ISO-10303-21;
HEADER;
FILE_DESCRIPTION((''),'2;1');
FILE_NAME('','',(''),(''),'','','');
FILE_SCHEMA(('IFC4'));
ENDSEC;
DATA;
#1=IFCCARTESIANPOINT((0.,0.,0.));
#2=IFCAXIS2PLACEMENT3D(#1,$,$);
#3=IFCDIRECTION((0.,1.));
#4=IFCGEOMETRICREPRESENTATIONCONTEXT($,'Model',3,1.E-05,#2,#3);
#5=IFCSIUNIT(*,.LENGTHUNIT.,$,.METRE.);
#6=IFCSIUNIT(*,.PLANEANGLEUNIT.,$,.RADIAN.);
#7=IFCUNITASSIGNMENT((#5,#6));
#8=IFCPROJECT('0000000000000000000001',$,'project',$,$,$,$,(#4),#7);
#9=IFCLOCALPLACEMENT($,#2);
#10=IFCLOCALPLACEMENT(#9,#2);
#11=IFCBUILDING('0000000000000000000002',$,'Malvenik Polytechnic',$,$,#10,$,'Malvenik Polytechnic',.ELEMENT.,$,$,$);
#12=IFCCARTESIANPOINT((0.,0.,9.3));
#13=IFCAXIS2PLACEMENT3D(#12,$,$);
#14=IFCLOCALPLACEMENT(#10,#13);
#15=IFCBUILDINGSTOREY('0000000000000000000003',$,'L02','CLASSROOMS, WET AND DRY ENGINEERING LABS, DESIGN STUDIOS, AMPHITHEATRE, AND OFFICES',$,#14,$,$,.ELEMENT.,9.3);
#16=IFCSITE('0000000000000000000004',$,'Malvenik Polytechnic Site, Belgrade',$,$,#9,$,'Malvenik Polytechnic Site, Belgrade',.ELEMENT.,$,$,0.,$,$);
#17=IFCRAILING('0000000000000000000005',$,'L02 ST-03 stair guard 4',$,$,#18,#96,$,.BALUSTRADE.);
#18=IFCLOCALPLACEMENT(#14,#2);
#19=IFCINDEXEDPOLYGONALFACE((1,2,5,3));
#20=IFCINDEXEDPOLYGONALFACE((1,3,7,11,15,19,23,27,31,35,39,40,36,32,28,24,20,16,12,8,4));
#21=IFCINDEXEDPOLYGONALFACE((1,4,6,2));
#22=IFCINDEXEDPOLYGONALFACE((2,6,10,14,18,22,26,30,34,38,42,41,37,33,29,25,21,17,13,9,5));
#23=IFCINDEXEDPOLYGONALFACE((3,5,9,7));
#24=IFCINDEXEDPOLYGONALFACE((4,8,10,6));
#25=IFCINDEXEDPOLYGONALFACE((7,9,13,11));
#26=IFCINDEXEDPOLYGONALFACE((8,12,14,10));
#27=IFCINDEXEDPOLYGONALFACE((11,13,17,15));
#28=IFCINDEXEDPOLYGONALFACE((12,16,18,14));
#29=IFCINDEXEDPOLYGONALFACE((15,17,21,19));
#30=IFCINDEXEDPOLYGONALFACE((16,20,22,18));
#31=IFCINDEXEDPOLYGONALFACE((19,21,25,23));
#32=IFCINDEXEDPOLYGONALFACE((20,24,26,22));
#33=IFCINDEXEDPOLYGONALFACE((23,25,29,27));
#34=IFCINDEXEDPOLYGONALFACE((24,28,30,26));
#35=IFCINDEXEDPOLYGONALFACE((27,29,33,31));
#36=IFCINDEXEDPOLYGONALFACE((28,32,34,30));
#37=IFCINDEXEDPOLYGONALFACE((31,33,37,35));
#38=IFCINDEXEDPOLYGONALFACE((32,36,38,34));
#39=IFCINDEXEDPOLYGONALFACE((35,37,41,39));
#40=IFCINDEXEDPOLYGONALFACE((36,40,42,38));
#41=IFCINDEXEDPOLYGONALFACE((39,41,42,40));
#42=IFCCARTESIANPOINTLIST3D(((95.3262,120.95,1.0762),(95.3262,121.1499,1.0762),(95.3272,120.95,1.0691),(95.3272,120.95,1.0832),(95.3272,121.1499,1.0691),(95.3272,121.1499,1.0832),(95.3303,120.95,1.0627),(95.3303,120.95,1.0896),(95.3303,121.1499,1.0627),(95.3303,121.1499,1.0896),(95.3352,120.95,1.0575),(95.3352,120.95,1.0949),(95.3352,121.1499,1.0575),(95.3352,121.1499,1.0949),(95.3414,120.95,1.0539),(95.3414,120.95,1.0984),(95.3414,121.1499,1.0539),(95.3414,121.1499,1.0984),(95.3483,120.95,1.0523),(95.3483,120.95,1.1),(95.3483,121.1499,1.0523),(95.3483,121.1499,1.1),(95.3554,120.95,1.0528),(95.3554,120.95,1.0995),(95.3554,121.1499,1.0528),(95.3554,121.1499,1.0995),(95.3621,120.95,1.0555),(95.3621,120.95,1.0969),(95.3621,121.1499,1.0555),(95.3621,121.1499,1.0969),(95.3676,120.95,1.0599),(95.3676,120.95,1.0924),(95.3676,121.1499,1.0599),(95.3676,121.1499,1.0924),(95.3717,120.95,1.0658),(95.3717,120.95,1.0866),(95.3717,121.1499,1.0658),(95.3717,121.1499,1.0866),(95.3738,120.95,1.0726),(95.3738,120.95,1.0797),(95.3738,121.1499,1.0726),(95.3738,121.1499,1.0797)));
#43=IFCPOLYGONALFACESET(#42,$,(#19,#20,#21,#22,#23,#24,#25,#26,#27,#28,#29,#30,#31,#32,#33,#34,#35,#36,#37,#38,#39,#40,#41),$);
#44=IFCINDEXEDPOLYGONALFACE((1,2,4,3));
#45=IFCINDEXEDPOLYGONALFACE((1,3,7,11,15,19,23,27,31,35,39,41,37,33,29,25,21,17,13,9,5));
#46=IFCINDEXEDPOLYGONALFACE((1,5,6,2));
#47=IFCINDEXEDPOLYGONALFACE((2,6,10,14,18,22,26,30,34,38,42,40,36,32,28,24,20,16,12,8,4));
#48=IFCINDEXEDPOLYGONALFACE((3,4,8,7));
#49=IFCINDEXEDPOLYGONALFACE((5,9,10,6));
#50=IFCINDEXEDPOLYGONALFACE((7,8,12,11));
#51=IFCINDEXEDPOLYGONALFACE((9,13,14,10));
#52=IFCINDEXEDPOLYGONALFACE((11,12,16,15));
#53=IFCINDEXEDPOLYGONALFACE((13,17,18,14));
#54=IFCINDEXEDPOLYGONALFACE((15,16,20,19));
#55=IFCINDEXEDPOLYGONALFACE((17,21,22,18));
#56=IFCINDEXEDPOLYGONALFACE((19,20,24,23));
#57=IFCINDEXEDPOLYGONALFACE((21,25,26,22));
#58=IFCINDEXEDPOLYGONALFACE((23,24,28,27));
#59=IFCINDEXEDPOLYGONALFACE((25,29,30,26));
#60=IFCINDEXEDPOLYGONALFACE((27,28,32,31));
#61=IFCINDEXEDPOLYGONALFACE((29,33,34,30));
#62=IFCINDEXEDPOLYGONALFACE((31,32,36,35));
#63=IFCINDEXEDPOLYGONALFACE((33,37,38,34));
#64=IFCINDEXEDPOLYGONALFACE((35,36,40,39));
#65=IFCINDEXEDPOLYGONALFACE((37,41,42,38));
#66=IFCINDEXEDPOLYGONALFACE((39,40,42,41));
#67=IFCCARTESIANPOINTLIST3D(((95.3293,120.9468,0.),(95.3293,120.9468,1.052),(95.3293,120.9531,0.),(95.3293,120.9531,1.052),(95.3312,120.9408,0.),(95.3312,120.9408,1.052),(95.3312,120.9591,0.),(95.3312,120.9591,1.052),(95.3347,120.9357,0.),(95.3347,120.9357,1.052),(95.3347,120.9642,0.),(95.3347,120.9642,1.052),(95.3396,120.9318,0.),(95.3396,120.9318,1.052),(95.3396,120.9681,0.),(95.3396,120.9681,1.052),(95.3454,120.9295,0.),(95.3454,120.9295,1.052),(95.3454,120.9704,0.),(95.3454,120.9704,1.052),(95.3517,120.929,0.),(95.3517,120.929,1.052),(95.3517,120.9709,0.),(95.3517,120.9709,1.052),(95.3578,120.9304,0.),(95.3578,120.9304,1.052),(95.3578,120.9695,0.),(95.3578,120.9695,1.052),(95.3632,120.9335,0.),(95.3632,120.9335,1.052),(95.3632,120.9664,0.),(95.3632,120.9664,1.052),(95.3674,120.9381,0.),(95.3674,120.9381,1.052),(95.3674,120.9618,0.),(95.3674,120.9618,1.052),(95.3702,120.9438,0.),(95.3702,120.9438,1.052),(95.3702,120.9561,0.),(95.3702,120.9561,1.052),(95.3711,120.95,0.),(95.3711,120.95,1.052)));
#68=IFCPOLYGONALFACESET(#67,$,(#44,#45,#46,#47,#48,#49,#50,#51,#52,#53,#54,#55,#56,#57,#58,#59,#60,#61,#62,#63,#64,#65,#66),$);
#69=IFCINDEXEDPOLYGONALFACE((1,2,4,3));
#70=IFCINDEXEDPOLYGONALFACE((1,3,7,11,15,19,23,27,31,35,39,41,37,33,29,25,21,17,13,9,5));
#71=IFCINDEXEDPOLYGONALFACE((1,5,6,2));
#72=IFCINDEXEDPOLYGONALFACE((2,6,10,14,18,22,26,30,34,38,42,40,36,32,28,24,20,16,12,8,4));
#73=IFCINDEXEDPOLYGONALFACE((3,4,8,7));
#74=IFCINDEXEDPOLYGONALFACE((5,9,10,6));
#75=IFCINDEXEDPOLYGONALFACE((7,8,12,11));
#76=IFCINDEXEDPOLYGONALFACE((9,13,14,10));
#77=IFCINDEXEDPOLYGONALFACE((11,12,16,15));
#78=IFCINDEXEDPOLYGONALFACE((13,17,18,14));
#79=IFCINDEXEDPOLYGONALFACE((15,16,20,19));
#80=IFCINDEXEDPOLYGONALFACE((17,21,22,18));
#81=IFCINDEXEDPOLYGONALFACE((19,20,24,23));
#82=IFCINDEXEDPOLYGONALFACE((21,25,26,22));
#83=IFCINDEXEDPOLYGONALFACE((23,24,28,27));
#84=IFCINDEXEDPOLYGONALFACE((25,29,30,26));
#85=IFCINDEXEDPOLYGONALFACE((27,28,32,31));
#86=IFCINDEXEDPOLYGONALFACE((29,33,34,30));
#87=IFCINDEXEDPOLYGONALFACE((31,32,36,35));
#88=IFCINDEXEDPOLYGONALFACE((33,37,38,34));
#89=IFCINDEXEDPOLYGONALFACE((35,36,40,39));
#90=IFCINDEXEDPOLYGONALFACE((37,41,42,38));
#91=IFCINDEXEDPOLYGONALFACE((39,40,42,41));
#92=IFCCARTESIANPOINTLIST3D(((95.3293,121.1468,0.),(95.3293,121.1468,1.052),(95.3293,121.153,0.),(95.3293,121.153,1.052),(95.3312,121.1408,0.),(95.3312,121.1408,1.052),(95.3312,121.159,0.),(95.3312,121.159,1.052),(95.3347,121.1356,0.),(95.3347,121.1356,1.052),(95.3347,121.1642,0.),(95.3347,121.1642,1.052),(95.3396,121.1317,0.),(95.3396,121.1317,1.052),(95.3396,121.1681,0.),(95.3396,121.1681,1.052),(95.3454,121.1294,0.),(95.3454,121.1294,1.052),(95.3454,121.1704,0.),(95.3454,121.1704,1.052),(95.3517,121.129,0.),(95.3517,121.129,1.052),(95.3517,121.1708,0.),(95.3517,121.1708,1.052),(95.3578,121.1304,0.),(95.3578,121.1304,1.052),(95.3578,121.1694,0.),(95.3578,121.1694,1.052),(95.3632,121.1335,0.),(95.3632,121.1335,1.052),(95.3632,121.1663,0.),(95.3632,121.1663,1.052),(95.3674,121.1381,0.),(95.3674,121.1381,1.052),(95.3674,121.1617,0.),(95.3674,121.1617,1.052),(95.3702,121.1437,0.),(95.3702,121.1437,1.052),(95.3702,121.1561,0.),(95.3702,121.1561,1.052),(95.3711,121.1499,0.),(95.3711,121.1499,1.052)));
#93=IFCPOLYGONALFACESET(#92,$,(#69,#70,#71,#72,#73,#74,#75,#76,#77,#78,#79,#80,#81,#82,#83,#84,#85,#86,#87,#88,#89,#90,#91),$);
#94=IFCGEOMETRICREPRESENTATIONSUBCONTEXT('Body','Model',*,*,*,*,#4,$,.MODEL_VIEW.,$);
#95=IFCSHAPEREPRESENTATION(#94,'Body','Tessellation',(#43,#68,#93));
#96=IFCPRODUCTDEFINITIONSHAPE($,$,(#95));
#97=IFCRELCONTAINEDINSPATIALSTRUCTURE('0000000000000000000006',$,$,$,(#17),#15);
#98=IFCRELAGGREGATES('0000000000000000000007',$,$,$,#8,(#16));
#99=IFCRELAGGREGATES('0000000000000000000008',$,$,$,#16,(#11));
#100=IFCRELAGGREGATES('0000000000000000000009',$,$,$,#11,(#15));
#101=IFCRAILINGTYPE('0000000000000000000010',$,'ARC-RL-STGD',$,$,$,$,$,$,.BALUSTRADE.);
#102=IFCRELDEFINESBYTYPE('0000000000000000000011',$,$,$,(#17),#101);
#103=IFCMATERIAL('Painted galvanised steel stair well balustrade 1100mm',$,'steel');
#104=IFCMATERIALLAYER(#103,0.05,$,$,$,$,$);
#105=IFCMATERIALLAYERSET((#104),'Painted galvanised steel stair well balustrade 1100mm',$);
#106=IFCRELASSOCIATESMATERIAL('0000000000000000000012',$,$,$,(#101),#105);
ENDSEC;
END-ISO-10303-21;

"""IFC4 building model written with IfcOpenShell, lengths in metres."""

from ifc_helpers import new_model, si_unit, direction, frame, origin, origin_2d, place, context, subcontext, project, spatial, circle, extrude, material, layer, layer_set, type_object, element, save


model = new_model("IFC4")

# Units and contexts
model_context = context("Model", 3, precision=1e-05, world=origin(), true_north=direction((0.0, 1.0)))
body_context = subcontext(model_context, "Body", "Model", "MODEL_VIEW")
ifc_project = project(units=[si_unit("LENGTHUNIT", "METRE"), si_unit("PLANEANGLEUNIT", "RADIAN")], contexts=[model_context])

# Site, building, storey
site_placement = place(None, origin())
site = spatial("IfcSite", under=ifc_project, at=site_placement, Name="Malvenik Polytechnic Site, Belgrade", LongName="Malvenik Polytechnic Site, Belgrade", CompositionType="ELEMENT", RefElevation=0.0)
building_placement = place(site_placement, origin())
building = spatial("IfcBuilding", under=site, at=building_placement, Name="Malvenik Polytechnic", LongName="Malvenik Polytechnic", CompositionType="ELEMENT")
storey_placement = place(building_placement, frame((0.0, 0.0, 9.3)))
storey = spatial("IfcBuildingStorey", under=building, at=storey_placement, Name="L02", Description="CLASSROOMS, WET AND DRY ENGINEERING LABS, DESIGN STUDIOS, AMPHITHEATRE, AND OFFICES", CompositionType="ELEMENT", Elevation=9.3)

# Railing
ifc_material_1 = material(Name="Painted galvanised steel stair well balustrade 1100mm", Category="steel")
ifc_layer_1 = layer(ifc_material_1, 0.05)
ifc_layer_set_1 = layer_set([ifc_layer_1], Name="Painted galvanised steel stair well balustrade 1100mm")
railing_type_1 = type_object("IfcRailingType", Name="ARC-RL-STGD", PredefinedType="BALUSTRADE", material=ifc_layer_set_1)
railing_1_placement = place(storey_placement, frame((95.3501, 120.95, 0.0)))
element("IfcRailing", 1, at=railing_1_placement, inside=storey, type_object=railing_type_1, Name="L02 ST-03 stair guard 4", PredefinedType="BALUSTRADE", context=body_context, shape_type="SweptSolid", body=[
    extrude(circle(Radius=0.0239, at=origin_2d()), frame((0.0, 0.0, 1.0762), z_axis=(0.0, 1.0, 0.0), x_axis=(-1.0, 0.0, 0.0)), (0.0, 0.0, 1.0), 0.2),
    extrude(circle(Radius=0.021, at=origin_2d()), origin(), (0.0, 0.0, 1.0), 1.052),
    extrude(circle(Radius=0.021, at=origin_2d()), frame((0.0, 0.2, 0.0)), (0.0, 0.0, 1.0), 1.052),
])

save(model, "model.ifc")
